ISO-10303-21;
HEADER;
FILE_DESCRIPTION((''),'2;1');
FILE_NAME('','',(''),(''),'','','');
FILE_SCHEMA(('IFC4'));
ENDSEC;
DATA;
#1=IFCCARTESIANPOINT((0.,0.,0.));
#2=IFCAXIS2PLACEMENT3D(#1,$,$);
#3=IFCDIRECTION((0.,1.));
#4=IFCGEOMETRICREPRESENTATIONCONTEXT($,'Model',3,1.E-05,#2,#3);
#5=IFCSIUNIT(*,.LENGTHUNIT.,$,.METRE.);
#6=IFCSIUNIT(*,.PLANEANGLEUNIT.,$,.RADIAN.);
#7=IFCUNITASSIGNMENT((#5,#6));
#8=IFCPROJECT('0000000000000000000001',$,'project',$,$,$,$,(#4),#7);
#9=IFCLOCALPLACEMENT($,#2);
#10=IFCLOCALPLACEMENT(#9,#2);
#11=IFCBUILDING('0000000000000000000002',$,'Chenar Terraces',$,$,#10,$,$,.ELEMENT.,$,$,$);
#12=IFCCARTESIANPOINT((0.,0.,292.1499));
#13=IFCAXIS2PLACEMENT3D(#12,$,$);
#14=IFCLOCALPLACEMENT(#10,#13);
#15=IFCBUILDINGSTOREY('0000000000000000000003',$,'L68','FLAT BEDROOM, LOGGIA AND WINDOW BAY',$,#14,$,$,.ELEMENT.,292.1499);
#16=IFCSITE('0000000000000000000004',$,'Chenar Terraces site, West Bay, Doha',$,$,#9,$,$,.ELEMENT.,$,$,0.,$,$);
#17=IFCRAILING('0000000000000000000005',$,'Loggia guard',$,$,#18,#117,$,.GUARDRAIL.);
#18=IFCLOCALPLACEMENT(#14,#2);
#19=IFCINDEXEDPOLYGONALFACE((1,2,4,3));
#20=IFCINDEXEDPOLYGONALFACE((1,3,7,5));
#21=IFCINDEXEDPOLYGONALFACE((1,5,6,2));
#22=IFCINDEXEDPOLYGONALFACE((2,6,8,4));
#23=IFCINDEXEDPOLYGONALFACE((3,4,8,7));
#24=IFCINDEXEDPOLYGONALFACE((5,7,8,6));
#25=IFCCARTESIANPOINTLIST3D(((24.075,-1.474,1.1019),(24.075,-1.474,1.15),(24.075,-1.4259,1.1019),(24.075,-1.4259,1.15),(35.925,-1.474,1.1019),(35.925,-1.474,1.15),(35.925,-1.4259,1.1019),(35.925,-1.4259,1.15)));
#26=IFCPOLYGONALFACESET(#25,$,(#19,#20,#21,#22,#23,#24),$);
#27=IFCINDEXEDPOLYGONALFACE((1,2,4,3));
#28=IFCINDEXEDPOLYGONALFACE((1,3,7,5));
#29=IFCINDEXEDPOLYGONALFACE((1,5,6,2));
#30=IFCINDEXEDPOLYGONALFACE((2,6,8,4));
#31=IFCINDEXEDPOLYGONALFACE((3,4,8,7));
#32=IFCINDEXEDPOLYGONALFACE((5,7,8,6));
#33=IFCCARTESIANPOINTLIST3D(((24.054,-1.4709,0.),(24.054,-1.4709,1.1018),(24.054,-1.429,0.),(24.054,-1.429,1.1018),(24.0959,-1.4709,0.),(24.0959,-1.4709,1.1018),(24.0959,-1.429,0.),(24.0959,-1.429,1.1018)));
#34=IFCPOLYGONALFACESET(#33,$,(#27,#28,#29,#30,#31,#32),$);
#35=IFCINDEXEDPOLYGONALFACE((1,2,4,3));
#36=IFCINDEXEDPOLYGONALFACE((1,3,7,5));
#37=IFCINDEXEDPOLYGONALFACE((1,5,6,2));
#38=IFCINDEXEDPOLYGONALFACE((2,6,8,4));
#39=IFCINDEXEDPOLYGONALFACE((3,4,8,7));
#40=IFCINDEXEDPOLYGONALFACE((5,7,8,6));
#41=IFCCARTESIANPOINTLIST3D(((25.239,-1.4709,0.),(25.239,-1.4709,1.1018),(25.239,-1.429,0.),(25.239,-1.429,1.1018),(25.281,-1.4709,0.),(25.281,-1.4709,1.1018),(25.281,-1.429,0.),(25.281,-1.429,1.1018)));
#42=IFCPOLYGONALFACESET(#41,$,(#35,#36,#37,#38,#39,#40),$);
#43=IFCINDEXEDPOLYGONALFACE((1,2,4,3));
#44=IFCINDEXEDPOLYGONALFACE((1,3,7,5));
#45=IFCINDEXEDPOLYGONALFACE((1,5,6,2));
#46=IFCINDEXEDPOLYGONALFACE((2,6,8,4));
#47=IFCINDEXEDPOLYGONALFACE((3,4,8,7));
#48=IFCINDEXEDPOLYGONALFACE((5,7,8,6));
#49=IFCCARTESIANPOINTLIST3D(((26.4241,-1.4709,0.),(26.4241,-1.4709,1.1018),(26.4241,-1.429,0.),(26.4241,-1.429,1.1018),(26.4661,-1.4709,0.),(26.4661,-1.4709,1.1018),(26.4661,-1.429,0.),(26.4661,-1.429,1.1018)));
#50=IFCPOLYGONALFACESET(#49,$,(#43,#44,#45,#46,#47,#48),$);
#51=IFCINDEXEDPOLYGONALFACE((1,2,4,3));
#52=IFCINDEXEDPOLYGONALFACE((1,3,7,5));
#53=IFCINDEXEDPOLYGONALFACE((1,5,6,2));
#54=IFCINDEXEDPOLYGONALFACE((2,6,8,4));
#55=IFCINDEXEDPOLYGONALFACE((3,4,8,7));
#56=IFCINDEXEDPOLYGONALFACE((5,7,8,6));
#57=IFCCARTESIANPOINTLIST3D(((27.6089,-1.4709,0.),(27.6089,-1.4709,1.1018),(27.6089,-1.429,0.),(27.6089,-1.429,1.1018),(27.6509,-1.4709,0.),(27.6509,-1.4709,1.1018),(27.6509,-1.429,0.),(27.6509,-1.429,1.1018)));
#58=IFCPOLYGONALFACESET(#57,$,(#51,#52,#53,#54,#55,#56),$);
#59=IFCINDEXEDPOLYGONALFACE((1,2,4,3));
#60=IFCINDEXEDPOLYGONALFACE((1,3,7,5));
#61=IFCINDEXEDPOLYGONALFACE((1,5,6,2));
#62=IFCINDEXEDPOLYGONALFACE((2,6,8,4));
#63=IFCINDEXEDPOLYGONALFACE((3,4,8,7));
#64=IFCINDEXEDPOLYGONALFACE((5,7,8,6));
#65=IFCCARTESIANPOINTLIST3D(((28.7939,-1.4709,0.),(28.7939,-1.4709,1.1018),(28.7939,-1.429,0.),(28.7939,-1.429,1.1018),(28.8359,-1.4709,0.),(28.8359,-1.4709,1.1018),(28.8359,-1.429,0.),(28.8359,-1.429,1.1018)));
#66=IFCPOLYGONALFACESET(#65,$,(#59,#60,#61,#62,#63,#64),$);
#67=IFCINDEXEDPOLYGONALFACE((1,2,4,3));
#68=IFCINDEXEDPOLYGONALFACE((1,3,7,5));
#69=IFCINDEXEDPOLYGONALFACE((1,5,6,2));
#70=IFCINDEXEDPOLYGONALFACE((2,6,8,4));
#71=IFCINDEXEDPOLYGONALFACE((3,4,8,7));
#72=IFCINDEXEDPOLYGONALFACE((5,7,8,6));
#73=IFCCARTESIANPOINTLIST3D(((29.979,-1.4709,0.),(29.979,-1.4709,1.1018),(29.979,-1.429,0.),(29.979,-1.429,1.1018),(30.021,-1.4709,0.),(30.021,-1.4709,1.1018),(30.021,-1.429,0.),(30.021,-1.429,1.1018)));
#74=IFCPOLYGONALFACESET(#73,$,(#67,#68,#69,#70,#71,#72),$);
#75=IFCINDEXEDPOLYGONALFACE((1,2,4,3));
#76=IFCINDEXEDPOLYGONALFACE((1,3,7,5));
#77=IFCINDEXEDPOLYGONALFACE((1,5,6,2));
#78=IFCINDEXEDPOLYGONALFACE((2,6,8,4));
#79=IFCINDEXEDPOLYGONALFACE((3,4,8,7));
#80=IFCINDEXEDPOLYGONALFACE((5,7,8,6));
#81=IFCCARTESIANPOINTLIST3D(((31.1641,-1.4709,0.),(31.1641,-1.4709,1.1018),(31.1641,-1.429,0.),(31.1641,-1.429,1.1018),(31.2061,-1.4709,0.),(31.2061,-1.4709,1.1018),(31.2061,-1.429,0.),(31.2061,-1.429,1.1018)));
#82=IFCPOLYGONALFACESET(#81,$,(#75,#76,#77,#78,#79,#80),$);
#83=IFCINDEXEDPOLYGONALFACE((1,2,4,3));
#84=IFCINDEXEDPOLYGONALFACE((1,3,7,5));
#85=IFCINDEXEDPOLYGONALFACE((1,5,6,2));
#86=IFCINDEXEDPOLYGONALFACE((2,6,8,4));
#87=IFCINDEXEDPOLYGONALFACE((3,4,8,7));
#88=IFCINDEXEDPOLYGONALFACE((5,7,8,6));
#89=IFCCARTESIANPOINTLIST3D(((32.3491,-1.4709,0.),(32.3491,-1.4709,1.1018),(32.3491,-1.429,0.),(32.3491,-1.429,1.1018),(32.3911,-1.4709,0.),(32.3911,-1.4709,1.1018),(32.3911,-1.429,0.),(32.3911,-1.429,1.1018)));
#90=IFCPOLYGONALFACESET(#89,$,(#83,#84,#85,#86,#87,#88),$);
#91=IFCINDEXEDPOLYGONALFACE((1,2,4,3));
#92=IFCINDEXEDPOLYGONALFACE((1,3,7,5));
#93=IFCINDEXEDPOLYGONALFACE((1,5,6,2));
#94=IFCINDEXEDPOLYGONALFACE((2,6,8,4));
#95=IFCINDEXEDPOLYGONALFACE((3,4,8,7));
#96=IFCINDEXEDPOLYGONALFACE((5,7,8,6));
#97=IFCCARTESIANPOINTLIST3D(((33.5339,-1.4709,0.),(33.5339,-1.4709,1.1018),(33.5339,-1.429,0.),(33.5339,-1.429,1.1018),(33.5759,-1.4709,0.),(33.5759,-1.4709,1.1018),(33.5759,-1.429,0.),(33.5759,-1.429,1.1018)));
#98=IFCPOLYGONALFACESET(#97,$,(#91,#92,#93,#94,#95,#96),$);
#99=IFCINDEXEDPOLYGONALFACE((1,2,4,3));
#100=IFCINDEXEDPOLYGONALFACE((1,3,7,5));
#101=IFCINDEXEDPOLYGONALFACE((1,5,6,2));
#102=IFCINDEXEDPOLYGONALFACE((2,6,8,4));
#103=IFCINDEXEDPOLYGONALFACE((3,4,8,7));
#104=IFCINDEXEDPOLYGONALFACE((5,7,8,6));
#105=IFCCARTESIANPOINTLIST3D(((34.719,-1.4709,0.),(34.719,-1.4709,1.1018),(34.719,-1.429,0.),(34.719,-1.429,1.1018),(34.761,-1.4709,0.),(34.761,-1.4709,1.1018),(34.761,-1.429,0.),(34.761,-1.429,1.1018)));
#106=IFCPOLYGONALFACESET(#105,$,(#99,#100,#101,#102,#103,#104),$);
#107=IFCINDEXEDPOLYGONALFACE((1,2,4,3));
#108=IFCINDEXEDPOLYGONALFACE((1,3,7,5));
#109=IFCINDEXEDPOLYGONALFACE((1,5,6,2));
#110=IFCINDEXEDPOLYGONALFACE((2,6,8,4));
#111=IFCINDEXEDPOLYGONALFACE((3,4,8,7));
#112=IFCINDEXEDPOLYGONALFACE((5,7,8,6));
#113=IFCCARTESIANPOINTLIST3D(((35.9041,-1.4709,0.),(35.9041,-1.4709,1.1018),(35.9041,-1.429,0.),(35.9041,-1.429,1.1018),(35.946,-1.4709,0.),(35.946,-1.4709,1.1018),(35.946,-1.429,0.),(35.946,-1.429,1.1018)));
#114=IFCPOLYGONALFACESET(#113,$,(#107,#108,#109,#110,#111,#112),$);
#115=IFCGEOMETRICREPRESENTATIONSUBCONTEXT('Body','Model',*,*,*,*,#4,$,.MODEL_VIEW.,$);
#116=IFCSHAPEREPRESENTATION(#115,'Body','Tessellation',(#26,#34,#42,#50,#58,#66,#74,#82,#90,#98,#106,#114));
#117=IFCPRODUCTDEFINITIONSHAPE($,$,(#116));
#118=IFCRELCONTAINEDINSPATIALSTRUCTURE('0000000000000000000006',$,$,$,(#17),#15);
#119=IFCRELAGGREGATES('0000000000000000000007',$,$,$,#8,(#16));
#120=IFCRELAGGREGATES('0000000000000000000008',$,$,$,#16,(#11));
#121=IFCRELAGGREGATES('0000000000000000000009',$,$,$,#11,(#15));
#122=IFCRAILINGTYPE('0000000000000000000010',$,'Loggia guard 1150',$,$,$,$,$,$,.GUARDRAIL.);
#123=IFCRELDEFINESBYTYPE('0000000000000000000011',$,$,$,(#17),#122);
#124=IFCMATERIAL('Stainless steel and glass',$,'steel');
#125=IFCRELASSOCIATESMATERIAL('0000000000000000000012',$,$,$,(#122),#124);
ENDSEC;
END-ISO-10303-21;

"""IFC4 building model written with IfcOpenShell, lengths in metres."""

from ifc_helpers import new_model, si_unit, direction, frame, origin, origin_2d, place, context, subcontext, project, spatial, rectangle, extrude, material, type_object, element, save


model = new_model("IFC4")

# Units and contexts
model_context = context("Model", 3, precision=1e-05, world=origin(), true_north=direction((0.0, 1.0)))
body_context = subcontext(model_context, "Body", "Model", "MODEL_VIEW")
ifc_project = project(units=[si_unit("LENGTHUNIT", "METRE"), si_unit("PLANEANGLEUNIT", "RADIAN")], contexts=[model_context])

# Site, building, storey
site_placement = place(None, origin())
site = spatial("IfcSite", under=ifc_project, at=site_placement, Name="Chenar Terraces site, West Bay, Doha", CompositionType="ELEMENT", RefElevation=0.0)
building_placement = place(site_placement, origin())
building = spatial("IfcBuilding", under=site, at=building_placement, Name="Chenar Terraces", CompositionType="ELEMENT")
storey_placement = place(building_placement, frame((0.0, 0.0, 292.1499)))
storey = spatial("IfcBuildingStorey", under=building, at=storey_placement, Name="L68", Description="FLAT BEDROOM, LOGGIA AND WINDOW BAY", CompositionType="ELEMENT", Elevation=292.1499)

# Railing
ifc_material_1 = material(Name="Stainless steel and glass", Category="steel")
railing_type = type_object("IfcRailingType", Name="Loggia guard 1150", PredefinedType="GUARDRAIL", material=ifc_material_1)
railing_placement = place(storey_placement, frame((24.075, -1.45, 0.0)))
element("IfcRailing", 1, at=railing_placement, inside=storey, type_object=railing_type, Name="Loggia guard", PredefinedType="GUARDRAIL", context=body_context, shape_type="SweptSolid", body=[
    extrude(rectangle(XDim=0.0481, YDim=0.0481, at=origin_2d()), frame((0.0, 0.0, 1.126), z_axis=(1.0, 0.0, 0.0), x_axis=(0.0, 1.0, 0.0)), (0.0, 0.0, 1.0), 11.8501),
    extrude(rectangle(XDim=0.042, YDim=0.042, at=origin_2d()), origin(), (0.0, 0.0, 1.0), 1.1018),
    extrude(rectangle(XDim=0.042, YDim=0.042, at=origin_2d()), frame((1.1851, 0.0, 0.0)), (0.0, 0.0, 1.0), 1.1018),
    extrude(rectangle(XDim=0.042, YDim=0.042, at=origin_2d()), frame((2.3701, 0.0, 0.0)), (0.0, 0.0, 1.0), 1.1018),
    extrude(rectangle(XDim=0.042, YDim=0.042, at=origin_2d()), frame((3.5549, 0.0, 0.0)), (0.0, 0.0, 1.0), 1.1018),
    extrude(rectangle(XDim=0.042, YDim=0.042, at=origin_2d()), frame((4.74, 0.0, 0.0)), (0.0, 0.0, 1.0), 1.1018),
    extrude(rectangle(XDim=0.042, YDim=0.042, at=origin_2d()), frame((5.925, 0.0, 0.0)), (0.0, 0.0, 1.0), 1.1018),
    extrude(rectangle(XDim=0.042, YDim=0.042, at=origin_2d()), frame((7.1101, 0.0, 0.0)), (0.0, 0.0, 1.0), 1.1018),
    extrude(rectangle(XDim=0.042, YDim=0.042, at=origin_2d()), frame((8.2952, 0.0, 0.0)), (0.0, 0.0, 1.0), 1.1018),
    extrude(rectangle(XDim=0.042, YDim=0.042, at=origin_2d()), frame((9.48, 0.0, 0.0)), (0.0, 0.0, 1.0), 1.1018),
    extrude(rectangle(XDim=0.042, YDim=0.042, at=origin_2d()), frame((10.665, 0.0, 0.0)), (0.0, 0.0, 1.0), 1.1018),
    extrude(rectangle(XDim=0.042, YDim=0.042, at=origin_2d()), frame((11.8501, 0.0, 0.0)), (0.0, 0.0, 1.0), 1.1018),
])

save(model, "model.ifc")
